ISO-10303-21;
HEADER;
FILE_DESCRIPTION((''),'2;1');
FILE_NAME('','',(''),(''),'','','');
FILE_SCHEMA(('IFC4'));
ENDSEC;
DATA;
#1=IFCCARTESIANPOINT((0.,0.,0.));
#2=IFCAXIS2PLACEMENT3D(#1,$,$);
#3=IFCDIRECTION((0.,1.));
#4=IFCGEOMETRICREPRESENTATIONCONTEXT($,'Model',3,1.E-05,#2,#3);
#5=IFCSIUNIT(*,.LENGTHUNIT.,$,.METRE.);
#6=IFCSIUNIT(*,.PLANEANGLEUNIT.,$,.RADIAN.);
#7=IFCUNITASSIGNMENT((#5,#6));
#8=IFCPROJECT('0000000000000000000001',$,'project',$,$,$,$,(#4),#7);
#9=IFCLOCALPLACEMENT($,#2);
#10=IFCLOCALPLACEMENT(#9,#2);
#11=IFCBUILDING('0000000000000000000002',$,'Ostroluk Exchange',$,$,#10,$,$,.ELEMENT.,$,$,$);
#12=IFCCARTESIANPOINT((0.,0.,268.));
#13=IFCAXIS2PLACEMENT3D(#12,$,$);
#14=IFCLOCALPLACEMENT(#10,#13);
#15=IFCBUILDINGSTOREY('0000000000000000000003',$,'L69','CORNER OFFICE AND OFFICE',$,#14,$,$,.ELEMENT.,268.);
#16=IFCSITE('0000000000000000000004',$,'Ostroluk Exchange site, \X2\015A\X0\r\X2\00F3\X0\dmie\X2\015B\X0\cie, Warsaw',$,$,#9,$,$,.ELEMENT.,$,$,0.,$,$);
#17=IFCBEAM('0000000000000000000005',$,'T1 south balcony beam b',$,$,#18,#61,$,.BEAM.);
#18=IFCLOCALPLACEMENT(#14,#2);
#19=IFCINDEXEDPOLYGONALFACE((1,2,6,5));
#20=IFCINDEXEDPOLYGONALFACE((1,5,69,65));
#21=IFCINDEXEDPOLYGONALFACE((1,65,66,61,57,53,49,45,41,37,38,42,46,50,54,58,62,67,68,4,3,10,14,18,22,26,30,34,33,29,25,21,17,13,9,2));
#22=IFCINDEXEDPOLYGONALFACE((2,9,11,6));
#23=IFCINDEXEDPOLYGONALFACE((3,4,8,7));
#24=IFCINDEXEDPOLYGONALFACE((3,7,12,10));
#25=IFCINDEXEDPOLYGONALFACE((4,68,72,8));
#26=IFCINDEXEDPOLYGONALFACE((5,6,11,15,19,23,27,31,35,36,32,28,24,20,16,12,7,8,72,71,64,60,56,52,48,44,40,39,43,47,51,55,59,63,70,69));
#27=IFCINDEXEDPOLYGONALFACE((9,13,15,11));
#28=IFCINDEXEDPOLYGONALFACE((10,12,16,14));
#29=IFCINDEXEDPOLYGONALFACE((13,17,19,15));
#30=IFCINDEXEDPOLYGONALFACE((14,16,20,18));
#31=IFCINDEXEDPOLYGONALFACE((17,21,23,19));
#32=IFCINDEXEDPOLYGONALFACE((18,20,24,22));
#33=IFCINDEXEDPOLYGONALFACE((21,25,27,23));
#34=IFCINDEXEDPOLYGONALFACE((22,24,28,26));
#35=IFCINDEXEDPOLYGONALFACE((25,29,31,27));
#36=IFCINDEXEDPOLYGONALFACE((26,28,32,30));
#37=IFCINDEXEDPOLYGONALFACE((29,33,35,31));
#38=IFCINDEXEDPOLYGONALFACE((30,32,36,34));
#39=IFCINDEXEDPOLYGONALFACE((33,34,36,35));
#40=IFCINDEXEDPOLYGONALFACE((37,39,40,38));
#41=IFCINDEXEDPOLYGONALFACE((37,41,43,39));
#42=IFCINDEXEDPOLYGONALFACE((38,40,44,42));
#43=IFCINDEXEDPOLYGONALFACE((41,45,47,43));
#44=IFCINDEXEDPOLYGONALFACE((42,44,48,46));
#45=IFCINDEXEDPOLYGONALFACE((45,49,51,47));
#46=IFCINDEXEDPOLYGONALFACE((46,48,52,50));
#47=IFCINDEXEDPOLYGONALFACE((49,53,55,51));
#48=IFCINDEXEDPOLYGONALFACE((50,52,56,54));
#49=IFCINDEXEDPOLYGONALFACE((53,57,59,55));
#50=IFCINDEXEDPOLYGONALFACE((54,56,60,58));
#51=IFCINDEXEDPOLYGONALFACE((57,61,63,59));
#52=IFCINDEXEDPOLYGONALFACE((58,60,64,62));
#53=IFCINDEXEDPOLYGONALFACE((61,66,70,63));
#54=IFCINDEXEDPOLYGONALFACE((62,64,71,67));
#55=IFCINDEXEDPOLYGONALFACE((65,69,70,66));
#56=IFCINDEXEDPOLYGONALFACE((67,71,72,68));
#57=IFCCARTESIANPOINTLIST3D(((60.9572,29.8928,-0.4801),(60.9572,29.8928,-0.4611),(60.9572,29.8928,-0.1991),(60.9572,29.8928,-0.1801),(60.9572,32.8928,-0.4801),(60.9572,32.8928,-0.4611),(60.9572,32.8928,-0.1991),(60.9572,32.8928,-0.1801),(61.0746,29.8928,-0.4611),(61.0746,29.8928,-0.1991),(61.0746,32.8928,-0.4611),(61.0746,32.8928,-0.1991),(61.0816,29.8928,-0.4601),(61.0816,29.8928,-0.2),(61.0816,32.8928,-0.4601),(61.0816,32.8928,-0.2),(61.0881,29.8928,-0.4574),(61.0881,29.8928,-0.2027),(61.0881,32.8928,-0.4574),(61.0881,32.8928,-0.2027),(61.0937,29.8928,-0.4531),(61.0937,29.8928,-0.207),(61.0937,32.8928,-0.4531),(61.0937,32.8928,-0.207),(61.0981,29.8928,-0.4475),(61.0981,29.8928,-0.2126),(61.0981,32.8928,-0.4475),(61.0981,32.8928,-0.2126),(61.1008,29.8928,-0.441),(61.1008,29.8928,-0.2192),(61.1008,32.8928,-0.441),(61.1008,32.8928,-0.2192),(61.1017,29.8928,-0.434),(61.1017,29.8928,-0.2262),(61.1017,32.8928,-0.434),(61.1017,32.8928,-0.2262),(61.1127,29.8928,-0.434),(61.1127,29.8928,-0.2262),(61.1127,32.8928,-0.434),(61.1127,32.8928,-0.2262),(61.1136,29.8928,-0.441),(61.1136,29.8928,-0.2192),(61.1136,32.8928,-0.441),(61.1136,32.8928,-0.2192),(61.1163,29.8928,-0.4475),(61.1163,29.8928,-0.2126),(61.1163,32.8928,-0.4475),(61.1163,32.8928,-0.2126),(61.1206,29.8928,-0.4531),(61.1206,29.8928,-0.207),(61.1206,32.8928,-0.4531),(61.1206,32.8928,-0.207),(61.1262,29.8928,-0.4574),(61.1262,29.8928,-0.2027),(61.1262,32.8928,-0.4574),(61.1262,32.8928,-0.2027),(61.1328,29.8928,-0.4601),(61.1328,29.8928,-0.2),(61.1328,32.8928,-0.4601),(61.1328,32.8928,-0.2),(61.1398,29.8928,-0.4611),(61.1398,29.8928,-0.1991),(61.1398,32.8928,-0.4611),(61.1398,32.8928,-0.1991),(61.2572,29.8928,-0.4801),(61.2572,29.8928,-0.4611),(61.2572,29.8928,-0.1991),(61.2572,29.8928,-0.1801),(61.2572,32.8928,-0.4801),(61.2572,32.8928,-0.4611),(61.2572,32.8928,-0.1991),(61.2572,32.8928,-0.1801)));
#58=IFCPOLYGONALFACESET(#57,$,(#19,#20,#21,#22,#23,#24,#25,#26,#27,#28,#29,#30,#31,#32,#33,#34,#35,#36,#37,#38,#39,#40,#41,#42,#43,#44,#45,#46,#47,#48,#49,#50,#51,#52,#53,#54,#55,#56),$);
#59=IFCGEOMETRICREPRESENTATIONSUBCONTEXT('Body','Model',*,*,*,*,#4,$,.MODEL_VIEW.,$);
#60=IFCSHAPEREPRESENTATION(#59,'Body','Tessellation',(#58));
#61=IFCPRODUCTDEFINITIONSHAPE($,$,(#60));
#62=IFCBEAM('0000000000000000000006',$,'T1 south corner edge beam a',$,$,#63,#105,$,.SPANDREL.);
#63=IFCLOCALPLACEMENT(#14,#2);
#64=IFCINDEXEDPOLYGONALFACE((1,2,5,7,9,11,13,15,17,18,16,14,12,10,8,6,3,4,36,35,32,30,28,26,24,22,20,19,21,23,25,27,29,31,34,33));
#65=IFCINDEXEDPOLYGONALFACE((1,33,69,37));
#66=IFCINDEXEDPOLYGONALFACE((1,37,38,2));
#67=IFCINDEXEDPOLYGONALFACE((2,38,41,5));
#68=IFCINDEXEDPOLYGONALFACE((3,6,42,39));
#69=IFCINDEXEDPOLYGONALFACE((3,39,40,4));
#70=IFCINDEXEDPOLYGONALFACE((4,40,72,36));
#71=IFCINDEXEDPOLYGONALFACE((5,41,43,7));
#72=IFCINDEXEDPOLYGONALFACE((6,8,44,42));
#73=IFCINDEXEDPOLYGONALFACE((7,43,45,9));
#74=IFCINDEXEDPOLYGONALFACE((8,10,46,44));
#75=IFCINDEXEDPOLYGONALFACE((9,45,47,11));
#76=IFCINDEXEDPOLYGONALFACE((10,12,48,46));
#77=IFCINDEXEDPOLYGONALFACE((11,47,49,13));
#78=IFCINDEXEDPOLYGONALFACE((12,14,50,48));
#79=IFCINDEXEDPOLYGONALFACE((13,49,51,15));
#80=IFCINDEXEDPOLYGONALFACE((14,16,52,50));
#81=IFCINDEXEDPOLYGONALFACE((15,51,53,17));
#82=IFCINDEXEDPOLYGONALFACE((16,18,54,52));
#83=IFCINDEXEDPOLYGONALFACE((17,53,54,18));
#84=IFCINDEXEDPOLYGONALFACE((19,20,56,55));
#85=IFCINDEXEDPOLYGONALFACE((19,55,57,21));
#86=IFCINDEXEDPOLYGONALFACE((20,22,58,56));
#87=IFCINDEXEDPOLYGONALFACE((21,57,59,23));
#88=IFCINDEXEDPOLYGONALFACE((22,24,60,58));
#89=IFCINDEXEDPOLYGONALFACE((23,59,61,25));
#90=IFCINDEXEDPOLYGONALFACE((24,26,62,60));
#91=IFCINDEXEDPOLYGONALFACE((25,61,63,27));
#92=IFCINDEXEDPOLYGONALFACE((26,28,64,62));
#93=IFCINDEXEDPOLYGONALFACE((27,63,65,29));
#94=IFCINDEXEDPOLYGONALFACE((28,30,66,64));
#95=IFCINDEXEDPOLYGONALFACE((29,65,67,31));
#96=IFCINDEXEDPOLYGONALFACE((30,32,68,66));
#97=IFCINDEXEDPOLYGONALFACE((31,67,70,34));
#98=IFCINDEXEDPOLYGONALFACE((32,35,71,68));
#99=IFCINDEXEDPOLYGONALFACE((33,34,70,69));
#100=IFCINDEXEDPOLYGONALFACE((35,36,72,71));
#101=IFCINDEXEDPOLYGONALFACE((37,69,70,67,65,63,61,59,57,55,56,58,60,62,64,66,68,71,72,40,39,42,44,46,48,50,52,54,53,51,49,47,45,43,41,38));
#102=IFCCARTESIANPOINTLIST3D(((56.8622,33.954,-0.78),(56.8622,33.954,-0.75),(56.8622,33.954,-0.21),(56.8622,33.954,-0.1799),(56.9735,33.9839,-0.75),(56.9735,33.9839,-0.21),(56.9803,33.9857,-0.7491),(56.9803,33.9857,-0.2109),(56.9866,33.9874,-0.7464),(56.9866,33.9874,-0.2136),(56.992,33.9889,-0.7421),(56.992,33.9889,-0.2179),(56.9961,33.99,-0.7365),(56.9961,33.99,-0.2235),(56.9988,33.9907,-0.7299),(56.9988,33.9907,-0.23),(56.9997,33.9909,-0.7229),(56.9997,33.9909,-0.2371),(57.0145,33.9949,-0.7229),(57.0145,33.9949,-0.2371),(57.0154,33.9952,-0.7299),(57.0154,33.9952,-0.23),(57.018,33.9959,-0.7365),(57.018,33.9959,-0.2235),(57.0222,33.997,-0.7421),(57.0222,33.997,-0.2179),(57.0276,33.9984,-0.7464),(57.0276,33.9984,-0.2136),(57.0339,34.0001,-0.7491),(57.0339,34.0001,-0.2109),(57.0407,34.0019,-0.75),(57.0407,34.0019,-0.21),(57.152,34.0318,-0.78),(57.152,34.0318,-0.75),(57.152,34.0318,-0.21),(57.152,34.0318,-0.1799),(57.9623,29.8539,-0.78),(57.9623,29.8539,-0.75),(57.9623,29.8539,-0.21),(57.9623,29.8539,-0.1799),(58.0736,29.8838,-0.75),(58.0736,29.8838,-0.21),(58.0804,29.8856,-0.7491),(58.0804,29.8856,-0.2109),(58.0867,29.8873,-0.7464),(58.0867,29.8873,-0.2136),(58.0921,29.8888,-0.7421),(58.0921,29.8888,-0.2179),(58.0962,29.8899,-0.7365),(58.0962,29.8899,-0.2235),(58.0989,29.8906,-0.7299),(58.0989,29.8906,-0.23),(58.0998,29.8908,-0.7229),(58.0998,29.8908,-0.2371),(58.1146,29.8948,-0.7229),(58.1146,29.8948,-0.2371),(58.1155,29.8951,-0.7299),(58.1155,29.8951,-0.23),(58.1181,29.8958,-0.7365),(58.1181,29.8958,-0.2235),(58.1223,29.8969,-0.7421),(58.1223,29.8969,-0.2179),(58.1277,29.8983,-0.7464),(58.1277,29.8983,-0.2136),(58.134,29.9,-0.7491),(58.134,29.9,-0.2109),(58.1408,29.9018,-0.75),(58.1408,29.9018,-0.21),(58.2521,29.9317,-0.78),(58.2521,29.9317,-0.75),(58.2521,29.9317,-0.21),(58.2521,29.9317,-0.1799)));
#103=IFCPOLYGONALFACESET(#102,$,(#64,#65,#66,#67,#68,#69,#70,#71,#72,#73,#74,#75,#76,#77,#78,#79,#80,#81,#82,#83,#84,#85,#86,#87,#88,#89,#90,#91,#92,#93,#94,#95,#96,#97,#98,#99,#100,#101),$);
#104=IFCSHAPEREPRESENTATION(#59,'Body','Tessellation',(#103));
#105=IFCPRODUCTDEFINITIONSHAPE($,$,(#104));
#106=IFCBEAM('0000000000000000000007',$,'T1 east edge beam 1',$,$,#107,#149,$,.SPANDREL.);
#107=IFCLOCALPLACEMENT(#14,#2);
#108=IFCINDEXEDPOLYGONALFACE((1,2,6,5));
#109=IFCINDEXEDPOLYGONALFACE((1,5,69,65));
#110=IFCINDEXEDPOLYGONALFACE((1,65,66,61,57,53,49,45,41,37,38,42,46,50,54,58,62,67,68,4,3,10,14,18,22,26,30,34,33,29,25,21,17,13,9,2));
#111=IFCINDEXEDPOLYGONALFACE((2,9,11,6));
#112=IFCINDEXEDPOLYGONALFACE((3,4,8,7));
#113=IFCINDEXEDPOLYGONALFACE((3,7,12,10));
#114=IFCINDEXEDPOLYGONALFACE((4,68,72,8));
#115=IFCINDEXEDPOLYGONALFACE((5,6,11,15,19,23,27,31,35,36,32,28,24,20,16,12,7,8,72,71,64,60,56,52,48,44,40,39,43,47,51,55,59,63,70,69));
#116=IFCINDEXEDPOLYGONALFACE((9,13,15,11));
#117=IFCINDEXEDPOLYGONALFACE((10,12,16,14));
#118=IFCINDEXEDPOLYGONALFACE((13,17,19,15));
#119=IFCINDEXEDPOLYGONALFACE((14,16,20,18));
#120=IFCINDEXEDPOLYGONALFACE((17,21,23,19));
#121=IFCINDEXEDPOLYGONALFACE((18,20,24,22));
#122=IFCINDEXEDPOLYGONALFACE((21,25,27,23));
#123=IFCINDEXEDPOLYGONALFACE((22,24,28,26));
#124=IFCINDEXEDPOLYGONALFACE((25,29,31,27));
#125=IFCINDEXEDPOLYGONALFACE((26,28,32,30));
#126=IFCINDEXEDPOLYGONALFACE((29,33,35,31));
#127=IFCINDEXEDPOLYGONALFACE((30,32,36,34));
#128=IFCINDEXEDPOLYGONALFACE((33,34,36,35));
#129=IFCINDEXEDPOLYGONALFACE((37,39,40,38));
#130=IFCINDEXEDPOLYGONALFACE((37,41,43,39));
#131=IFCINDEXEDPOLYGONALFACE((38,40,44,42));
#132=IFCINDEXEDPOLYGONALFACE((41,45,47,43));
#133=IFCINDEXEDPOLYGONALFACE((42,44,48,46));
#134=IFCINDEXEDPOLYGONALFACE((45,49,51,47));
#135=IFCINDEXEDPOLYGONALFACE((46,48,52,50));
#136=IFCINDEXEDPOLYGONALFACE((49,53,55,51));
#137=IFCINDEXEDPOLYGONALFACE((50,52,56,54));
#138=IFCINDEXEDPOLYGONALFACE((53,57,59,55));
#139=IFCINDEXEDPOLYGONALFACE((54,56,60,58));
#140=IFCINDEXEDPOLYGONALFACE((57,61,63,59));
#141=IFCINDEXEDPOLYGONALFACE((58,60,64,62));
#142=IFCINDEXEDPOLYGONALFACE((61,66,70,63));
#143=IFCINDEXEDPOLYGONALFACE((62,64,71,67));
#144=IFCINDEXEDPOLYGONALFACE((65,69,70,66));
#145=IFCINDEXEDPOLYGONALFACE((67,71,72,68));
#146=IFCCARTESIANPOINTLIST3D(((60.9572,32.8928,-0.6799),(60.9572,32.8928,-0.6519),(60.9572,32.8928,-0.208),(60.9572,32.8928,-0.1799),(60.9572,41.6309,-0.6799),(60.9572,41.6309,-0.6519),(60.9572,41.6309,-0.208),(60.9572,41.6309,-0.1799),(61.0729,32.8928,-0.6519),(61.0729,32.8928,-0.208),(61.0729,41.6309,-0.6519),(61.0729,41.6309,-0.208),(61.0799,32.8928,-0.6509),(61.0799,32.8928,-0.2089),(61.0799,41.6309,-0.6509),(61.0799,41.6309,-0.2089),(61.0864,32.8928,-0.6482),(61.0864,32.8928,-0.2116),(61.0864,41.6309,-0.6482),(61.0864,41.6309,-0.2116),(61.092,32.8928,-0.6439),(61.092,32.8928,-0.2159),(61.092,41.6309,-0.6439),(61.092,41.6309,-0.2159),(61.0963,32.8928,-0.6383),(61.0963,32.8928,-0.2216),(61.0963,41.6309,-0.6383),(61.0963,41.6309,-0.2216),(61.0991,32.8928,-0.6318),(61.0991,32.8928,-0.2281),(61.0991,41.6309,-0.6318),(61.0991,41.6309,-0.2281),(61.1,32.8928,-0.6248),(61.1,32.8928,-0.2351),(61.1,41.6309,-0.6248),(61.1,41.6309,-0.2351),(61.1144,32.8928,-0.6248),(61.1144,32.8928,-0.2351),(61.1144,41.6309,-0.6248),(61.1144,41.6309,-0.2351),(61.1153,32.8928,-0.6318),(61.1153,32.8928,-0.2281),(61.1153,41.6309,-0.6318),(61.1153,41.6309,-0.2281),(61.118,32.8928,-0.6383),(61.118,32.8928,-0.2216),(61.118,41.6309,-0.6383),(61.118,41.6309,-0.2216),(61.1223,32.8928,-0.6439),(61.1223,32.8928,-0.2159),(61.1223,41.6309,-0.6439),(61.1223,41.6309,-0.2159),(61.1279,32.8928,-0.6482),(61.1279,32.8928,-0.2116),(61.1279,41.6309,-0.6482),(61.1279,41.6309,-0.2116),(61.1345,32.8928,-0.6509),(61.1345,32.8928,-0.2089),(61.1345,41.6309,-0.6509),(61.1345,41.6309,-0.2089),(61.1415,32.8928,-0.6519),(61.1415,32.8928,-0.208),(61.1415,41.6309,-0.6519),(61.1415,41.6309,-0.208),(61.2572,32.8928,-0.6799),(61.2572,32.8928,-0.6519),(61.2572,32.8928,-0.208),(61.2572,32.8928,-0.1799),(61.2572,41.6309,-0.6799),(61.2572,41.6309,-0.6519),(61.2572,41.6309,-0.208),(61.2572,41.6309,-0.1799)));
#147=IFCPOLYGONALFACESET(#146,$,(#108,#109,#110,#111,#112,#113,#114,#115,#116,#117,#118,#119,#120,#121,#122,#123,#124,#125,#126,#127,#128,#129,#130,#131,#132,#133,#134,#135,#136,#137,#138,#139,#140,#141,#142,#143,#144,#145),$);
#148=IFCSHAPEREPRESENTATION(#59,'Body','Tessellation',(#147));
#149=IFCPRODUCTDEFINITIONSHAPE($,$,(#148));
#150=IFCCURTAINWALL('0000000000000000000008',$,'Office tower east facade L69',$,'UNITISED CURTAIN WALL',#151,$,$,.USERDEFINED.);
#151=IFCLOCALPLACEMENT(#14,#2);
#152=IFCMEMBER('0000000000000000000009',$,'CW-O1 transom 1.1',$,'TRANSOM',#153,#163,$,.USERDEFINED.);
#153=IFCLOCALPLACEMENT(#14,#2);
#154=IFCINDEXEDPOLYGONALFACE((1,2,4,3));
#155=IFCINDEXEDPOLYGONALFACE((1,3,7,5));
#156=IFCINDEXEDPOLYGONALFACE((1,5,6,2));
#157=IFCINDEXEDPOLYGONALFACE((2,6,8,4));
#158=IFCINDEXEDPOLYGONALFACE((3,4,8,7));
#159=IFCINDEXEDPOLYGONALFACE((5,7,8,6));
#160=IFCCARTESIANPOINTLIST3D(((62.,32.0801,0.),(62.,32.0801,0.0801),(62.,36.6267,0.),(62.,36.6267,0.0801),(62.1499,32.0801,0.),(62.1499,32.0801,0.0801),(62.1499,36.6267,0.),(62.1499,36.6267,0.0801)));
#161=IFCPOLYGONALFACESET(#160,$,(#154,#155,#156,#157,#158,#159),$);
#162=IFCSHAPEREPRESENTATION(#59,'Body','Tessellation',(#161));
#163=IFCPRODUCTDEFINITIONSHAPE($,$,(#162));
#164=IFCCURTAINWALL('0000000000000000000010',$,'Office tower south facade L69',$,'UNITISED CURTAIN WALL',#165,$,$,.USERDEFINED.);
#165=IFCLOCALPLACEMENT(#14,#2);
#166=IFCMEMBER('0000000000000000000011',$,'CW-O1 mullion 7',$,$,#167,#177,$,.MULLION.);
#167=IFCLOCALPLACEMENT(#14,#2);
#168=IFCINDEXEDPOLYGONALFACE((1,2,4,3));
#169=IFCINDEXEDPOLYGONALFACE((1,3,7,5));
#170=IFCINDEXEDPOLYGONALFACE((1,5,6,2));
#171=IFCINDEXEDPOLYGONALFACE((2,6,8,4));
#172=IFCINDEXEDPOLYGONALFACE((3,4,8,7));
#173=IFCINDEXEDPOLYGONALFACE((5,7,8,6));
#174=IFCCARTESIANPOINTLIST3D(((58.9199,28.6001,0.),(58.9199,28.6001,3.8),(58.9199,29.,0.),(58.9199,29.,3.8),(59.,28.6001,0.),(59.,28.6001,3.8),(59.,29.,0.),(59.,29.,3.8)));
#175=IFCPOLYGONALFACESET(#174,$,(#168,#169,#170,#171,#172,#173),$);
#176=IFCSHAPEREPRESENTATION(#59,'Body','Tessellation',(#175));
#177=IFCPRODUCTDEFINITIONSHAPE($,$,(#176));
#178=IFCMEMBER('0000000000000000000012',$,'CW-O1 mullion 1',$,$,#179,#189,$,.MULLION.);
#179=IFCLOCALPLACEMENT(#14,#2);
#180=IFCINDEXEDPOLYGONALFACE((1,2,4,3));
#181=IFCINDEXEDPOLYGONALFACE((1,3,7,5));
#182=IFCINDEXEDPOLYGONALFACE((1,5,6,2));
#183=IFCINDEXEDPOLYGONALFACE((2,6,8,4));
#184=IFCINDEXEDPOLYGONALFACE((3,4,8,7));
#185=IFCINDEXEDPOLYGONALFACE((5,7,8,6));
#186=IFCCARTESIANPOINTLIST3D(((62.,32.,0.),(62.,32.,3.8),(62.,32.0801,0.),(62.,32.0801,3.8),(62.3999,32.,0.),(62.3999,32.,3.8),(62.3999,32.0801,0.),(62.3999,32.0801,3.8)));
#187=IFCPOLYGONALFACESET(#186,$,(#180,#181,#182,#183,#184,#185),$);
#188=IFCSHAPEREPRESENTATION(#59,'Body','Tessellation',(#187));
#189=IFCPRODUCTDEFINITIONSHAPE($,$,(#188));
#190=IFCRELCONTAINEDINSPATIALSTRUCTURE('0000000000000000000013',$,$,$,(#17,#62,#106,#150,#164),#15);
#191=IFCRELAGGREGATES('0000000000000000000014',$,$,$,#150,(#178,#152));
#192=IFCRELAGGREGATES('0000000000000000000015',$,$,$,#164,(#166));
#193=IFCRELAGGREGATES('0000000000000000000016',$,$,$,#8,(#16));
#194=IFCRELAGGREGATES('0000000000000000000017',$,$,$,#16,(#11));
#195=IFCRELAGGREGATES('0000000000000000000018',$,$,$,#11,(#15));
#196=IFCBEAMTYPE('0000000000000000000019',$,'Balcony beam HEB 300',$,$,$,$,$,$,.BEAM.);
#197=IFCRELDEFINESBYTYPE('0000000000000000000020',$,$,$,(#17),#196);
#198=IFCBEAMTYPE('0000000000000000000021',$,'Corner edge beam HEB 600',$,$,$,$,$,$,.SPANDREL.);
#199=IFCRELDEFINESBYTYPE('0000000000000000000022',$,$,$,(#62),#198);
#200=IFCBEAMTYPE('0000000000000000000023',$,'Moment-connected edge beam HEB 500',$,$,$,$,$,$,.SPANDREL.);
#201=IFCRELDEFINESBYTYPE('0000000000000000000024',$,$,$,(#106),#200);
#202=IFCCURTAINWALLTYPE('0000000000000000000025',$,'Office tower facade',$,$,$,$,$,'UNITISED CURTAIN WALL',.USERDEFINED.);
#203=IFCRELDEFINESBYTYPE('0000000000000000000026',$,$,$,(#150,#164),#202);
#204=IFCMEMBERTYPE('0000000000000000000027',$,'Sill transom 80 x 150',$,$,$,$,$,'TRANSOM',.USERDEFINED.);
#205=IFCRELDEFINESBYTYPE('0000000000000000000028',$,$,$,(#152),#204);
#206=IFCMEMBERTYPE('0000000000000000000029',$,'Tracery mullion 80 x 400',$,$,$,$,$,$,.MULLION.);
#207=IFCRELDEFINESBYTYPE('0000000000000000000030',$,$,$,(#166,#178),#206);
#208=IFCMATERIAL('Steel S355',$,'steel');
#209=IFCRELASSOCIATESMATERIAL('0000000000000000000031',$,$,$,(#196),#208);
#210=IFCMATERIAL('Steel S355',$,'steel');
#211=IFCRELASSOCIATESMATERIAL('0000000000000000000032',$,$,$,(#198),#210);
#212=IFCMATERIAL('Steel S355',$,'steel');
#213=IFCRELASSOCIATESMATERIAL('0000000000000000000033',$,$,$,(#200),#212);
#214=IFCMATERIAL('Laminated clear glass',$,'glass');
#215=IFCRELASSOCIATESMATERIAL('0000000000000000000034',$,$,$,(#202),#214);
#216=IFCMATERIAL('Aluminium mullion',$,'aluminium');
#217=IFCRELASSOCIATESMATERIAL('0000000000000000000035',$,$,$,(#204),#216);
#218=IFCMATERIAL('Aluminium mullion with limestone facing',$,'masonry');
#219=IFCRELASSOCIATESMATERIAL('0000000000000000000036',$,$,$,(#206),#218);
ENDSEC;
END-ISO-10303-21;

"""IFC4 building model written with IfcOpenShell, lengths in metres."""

from ifc_helpers import new_model, si_unit, direction, frame, origin, origin_2d, place, context, subcontext, project, spatial, rectangle, i_section, extrude, material, material_profile, profile_set, type_object, element, aggregate, save


model = new_model("IFC4")

# Units and contexts
model_context = context("Model", 3, precision=1e-05, world=origin(), true_north=direction((0.0, 1.0)))
body_context = subcontext(model_context, "Body", "Model", "MODEL_VIEW")
ifc_project = project(units=[si_unit("LENGTHUNIT", "METRE"), si_unit("PLANEANGLEUNIT", "RADIAN")], contexts=[model_context])

# Site, building, storey
site_placement = place(None, origin())
site = spatial("IfcSite", under=ifc_project, at=site_placement, Name="Ostroluk Exchange site, Śródmieście, Warsaw", CompositionType="ELEMENT", RefElevation=0.0)
building_placement = place(site_placement, origin())
building = spatial("IfcBuilding", under=site, at=building_placement, Name="Ostroluk Exchange", CompositionType="ELEMENT")
storey_placement = place(building_placement, frame((0.0, 0.0, 268.0)))
storey = spatial("IfcBuildingStorey", under=building, at=storey_placement, Name="L69", Description="CORNER OFFICE AND OFFICE", CompositionType="ELEMENT", Elevation=268.0)

# Beams
ifc_material_1 = material(Name="Steel S355", Category="steel")
ifc_material_profile_1 = material_profile(ifc_material_1, i_section(OverallWidth=0.3, OverallDepth=0.3, WebThickness=0.011, FlangeThickness=0.019, FilletRadius=0.0271, at=origin_2d()), Name="HEB 300")
ifc_profile_set_1 = profile_set([ifc_material_profile_1], Name="Steel S355")
beam_type_1 = type_object("IfcBeamType", Name="Balcony beam HEB 300", PredefinedType="BEAM", material=ifc_profile_set_1)
for number, where, z_axis, x_axis, name in (
    (1, (61.1072, 32.8928, -0.3301), (0.0, -1.0, 0.0), (1.0, 0.0, 0.0), "T1 south balcony beam b"),
):
    element("IfcBeam", number, at=place(storey_placement, frame(where, z_axis=z_axis, x_axis=x_axis)), inside=storey, type_object=beam_type_1, Name=name, PredefinedType="BEAM", context=body_context, shape_type="SweptSolid", body=[
        extrude(i_section(OverallWidth=0.3, OverallDepth=0.3, WebThickness=0.011, FlangeThickness=0.019, FilletRadius=0.0271, at=origin_2d()), origin(), (0.0, 0.0, 1.0), 3.0),
    ])
ifc_material_2 = material(Name="Steel S355", Category="steel")
ifc_material_profile_2 = material_profile(ifc_material_2, i_section(OverallWidth=0.3, OverallDepth=0.6001, WebThickness=0.0154, FlangeThickness=0.03, FilletRadius=0.0271, at=origin_2d()), Name="HEB 600")
ifc_profile_set_2 = profile_set([ifc_material_profile_2], Name="Steel S355")
beam_type_2 = type_object("IfcBeamType", Name="Corner edge beam HEB 600", PredefinedType="SPANDREL", material=ifc_profile_set_2)
beam_1_placement = place(storey_placement, frame((57.0071, 33.9929, -0.48), z_axis=(0.259144, -0.965839, 0.0), x_axis=(0.965839, 0.259144, 0.0)))
element("IfcBeam", 2, at=beam_1_placement, inside=storey, type_object=beam_type_2, Name="T1 south corner edge beam a", PredefinedType="SPANDREL", context=body_context, shape_type="SweptSolid", body=[
    extrude(i_section(OverallWidth=0.3, OverallDepth=0.6001, WebThickness=0.0154, FlangeThickness=0.03, FilletRadius=0.0271, at=origin_2d()), origin(), (0.0, 0.0, 1.0), 4.2451),
])
ifc_material_3 = material(Name="Steel S355", Category="steel")
ifc_material_profile_3 = material_profile(ifc_material_3, i_section(OverallWidth=0.3, OverallDepth=0.5, WebThickness=0.0144, FlangeThickness=0.0281, FilletRadius=0.0271, at=origin_2d()), Name="HEB 500")
ifc_profile_set_3 = profile_set([ifc_material_profile_3], Name="Steel S355")
beam_type_3 = type_object("IfcBeamType", Name="Moment-connected edge beam HEB 500", PredefinedType="SPANDREL", material=ifc_profile_set_3)
beam_2_placement = place(storey_placement, frame((61.1072, 32.8928, -0.4299), z_axis=(0.0, 1.0, 0.0), x_axis=(-1.0, 0.0, 0.0)))
element("IfcBeam", 3, at=beam_2_placement, inside=storey, type_object=beam_type_3, Name="T1 east edge beam 1", PredefinedType="SPANDREL", context=body_context, shape_type="SweptSolid", body=[
    extrude(i_section(OverallWidth=0.3, OverallDepth=0.5, WebThickness=0.0144, FlangeThickness=0.0281, FilletRadius=0.0271, at=origin_2d()), origin(), (0.0, 0.0, 1.0), 8.738),
])

# Curtain walls, members
ifc_material_4 = material(Name="Laminated clear glass", Category="glass")
curtain_wall_type = type_object("IfcCurtainWallType", Name="Office tower facade", ElementType="UNITISED CURTAIN WALL", PredefinedType="USERDEFINED", material=ifc_material_4)
curtain_wall_1_placement = place(storey_placement, origin())
curtain_wall_1 = element("IfcCurtainWall", 4, at=curtain_wall_1_placement, inside=storey, type_object=curtain_wall_type, Name="Office tower east facade L69", ObjectType="UNITISED CURTAIN WALL", PredefinedType="USERDEFINED")
ifc_material_5 = material(Name="Aluminium mullion", Category="aluminium")
ifc_material_profile_4 = material_profile(ifc_material_5, rectangle(XDim=0.1499, YDim=0.0801, at=origin_2d()), Name="Sill transom 80 x 150")
ifc_profile_set_4 = profile_set([ifc_material_profile_4], Name="Aluminium mullion")
member_type_1 = type_object("IfcMemberType", Name="Sill transom 80 x 150", ElementType="TRANSOM", PredefinedType="USERDEFINED", material=ifc_profile_set_4)
member_1_placement = place(storey_placement, frame((62.075, 32.0801, 0.04), z_axis=(0.0, 1.0, 0.0), x_axis=(-1.0, 0.0, 0.0)))
member_1 = element("IfcMember", 5, at=member_1_placement, type_object=member_type_1, Name="CW-O1 transom 1.1", ObjectType="TRANSOM", PredefinedType="USERDEFINED", context=body_context, shape_type="SweptSolid", body=[
    extrude(rectangle(XDim=0.1499, YDim=0.0801, at=origin_2d()), origin(), (0.0, 0.0, 1.0), 4.5466),
])
curtain_wall_2_placement = place(storey_placement, origin())
curtain_wall_2 = element("IfcCurtainWall", 6, at=curtain_wall_2_placement, inside=storey, type_object=curtain_wall_type, Name="Office tower south facade L69", ObjectType="UNITISED CURTAIN WALL", PredefinedType="USERDEFINED")
ifc_material_6 = material(Name="Aluminium mullion with limestone facing", Category="masonry")
ifc_material_profile_5 = material_profile(ifc_material_6, rectangle(XDim=0.3999, YDim=0.0801, at=origin_2d()), Name="Tracery mullion 80 x 400")
ifc_profile_set_5 = profile_set([ifc_material_profile_5], Name="Aluminium mullion with limestone facing")
member_type_2 = type_object("IfcMemberType", Name="Tracery mullion 80 x 400", PredefinedType="MULLION", material=ifc_profile_set_5)
member_2_placement = place(storey_placement, frame((58.96, 28.8, 0.0), z_axis=(0.0, 0.0, 1.0), x_axis=(0.0, 1.0, 0.0)))
member_2 = element("IfcMember", 7, at=member_2_placement, type_object=member_type_2, Name="CW-O1 mullion 7", PredefinedType="MULLION", context=body_context, shape_type="SweptSolid", body=[
    extrude(rectangle(XDim=0.3999, YDim=0.0801, at=origin_2d()), origin(), (0.0, 0.0, 1.0), 3.8),
])

# Member
member_3_placement = place(storey_placement, frame((62.2, 32.04, 0.0), z_axis=(0.0, 0.0, 1.0), x_axis=(-1.0, 0.0, 0.0)))
member_3 = element("IfcMember", 8, at=member_3_placement, type_object=member_type_2, Name="CW-O1 mullion 1", PredefinedType="MULLION", context=body_context, shape_type="SweptSolid", body=[
    extrude(rectangle(XDim=0.3999, YDim=0.0801, at=origin_2d()), origin(), (0.0, 0.0, 1.0), 3.8),
])
aggregate(curtain_wall_1, [member_3, member_1])

aggregate(curtain_wall_2, [member_2])

save(model, "model.ifc")
